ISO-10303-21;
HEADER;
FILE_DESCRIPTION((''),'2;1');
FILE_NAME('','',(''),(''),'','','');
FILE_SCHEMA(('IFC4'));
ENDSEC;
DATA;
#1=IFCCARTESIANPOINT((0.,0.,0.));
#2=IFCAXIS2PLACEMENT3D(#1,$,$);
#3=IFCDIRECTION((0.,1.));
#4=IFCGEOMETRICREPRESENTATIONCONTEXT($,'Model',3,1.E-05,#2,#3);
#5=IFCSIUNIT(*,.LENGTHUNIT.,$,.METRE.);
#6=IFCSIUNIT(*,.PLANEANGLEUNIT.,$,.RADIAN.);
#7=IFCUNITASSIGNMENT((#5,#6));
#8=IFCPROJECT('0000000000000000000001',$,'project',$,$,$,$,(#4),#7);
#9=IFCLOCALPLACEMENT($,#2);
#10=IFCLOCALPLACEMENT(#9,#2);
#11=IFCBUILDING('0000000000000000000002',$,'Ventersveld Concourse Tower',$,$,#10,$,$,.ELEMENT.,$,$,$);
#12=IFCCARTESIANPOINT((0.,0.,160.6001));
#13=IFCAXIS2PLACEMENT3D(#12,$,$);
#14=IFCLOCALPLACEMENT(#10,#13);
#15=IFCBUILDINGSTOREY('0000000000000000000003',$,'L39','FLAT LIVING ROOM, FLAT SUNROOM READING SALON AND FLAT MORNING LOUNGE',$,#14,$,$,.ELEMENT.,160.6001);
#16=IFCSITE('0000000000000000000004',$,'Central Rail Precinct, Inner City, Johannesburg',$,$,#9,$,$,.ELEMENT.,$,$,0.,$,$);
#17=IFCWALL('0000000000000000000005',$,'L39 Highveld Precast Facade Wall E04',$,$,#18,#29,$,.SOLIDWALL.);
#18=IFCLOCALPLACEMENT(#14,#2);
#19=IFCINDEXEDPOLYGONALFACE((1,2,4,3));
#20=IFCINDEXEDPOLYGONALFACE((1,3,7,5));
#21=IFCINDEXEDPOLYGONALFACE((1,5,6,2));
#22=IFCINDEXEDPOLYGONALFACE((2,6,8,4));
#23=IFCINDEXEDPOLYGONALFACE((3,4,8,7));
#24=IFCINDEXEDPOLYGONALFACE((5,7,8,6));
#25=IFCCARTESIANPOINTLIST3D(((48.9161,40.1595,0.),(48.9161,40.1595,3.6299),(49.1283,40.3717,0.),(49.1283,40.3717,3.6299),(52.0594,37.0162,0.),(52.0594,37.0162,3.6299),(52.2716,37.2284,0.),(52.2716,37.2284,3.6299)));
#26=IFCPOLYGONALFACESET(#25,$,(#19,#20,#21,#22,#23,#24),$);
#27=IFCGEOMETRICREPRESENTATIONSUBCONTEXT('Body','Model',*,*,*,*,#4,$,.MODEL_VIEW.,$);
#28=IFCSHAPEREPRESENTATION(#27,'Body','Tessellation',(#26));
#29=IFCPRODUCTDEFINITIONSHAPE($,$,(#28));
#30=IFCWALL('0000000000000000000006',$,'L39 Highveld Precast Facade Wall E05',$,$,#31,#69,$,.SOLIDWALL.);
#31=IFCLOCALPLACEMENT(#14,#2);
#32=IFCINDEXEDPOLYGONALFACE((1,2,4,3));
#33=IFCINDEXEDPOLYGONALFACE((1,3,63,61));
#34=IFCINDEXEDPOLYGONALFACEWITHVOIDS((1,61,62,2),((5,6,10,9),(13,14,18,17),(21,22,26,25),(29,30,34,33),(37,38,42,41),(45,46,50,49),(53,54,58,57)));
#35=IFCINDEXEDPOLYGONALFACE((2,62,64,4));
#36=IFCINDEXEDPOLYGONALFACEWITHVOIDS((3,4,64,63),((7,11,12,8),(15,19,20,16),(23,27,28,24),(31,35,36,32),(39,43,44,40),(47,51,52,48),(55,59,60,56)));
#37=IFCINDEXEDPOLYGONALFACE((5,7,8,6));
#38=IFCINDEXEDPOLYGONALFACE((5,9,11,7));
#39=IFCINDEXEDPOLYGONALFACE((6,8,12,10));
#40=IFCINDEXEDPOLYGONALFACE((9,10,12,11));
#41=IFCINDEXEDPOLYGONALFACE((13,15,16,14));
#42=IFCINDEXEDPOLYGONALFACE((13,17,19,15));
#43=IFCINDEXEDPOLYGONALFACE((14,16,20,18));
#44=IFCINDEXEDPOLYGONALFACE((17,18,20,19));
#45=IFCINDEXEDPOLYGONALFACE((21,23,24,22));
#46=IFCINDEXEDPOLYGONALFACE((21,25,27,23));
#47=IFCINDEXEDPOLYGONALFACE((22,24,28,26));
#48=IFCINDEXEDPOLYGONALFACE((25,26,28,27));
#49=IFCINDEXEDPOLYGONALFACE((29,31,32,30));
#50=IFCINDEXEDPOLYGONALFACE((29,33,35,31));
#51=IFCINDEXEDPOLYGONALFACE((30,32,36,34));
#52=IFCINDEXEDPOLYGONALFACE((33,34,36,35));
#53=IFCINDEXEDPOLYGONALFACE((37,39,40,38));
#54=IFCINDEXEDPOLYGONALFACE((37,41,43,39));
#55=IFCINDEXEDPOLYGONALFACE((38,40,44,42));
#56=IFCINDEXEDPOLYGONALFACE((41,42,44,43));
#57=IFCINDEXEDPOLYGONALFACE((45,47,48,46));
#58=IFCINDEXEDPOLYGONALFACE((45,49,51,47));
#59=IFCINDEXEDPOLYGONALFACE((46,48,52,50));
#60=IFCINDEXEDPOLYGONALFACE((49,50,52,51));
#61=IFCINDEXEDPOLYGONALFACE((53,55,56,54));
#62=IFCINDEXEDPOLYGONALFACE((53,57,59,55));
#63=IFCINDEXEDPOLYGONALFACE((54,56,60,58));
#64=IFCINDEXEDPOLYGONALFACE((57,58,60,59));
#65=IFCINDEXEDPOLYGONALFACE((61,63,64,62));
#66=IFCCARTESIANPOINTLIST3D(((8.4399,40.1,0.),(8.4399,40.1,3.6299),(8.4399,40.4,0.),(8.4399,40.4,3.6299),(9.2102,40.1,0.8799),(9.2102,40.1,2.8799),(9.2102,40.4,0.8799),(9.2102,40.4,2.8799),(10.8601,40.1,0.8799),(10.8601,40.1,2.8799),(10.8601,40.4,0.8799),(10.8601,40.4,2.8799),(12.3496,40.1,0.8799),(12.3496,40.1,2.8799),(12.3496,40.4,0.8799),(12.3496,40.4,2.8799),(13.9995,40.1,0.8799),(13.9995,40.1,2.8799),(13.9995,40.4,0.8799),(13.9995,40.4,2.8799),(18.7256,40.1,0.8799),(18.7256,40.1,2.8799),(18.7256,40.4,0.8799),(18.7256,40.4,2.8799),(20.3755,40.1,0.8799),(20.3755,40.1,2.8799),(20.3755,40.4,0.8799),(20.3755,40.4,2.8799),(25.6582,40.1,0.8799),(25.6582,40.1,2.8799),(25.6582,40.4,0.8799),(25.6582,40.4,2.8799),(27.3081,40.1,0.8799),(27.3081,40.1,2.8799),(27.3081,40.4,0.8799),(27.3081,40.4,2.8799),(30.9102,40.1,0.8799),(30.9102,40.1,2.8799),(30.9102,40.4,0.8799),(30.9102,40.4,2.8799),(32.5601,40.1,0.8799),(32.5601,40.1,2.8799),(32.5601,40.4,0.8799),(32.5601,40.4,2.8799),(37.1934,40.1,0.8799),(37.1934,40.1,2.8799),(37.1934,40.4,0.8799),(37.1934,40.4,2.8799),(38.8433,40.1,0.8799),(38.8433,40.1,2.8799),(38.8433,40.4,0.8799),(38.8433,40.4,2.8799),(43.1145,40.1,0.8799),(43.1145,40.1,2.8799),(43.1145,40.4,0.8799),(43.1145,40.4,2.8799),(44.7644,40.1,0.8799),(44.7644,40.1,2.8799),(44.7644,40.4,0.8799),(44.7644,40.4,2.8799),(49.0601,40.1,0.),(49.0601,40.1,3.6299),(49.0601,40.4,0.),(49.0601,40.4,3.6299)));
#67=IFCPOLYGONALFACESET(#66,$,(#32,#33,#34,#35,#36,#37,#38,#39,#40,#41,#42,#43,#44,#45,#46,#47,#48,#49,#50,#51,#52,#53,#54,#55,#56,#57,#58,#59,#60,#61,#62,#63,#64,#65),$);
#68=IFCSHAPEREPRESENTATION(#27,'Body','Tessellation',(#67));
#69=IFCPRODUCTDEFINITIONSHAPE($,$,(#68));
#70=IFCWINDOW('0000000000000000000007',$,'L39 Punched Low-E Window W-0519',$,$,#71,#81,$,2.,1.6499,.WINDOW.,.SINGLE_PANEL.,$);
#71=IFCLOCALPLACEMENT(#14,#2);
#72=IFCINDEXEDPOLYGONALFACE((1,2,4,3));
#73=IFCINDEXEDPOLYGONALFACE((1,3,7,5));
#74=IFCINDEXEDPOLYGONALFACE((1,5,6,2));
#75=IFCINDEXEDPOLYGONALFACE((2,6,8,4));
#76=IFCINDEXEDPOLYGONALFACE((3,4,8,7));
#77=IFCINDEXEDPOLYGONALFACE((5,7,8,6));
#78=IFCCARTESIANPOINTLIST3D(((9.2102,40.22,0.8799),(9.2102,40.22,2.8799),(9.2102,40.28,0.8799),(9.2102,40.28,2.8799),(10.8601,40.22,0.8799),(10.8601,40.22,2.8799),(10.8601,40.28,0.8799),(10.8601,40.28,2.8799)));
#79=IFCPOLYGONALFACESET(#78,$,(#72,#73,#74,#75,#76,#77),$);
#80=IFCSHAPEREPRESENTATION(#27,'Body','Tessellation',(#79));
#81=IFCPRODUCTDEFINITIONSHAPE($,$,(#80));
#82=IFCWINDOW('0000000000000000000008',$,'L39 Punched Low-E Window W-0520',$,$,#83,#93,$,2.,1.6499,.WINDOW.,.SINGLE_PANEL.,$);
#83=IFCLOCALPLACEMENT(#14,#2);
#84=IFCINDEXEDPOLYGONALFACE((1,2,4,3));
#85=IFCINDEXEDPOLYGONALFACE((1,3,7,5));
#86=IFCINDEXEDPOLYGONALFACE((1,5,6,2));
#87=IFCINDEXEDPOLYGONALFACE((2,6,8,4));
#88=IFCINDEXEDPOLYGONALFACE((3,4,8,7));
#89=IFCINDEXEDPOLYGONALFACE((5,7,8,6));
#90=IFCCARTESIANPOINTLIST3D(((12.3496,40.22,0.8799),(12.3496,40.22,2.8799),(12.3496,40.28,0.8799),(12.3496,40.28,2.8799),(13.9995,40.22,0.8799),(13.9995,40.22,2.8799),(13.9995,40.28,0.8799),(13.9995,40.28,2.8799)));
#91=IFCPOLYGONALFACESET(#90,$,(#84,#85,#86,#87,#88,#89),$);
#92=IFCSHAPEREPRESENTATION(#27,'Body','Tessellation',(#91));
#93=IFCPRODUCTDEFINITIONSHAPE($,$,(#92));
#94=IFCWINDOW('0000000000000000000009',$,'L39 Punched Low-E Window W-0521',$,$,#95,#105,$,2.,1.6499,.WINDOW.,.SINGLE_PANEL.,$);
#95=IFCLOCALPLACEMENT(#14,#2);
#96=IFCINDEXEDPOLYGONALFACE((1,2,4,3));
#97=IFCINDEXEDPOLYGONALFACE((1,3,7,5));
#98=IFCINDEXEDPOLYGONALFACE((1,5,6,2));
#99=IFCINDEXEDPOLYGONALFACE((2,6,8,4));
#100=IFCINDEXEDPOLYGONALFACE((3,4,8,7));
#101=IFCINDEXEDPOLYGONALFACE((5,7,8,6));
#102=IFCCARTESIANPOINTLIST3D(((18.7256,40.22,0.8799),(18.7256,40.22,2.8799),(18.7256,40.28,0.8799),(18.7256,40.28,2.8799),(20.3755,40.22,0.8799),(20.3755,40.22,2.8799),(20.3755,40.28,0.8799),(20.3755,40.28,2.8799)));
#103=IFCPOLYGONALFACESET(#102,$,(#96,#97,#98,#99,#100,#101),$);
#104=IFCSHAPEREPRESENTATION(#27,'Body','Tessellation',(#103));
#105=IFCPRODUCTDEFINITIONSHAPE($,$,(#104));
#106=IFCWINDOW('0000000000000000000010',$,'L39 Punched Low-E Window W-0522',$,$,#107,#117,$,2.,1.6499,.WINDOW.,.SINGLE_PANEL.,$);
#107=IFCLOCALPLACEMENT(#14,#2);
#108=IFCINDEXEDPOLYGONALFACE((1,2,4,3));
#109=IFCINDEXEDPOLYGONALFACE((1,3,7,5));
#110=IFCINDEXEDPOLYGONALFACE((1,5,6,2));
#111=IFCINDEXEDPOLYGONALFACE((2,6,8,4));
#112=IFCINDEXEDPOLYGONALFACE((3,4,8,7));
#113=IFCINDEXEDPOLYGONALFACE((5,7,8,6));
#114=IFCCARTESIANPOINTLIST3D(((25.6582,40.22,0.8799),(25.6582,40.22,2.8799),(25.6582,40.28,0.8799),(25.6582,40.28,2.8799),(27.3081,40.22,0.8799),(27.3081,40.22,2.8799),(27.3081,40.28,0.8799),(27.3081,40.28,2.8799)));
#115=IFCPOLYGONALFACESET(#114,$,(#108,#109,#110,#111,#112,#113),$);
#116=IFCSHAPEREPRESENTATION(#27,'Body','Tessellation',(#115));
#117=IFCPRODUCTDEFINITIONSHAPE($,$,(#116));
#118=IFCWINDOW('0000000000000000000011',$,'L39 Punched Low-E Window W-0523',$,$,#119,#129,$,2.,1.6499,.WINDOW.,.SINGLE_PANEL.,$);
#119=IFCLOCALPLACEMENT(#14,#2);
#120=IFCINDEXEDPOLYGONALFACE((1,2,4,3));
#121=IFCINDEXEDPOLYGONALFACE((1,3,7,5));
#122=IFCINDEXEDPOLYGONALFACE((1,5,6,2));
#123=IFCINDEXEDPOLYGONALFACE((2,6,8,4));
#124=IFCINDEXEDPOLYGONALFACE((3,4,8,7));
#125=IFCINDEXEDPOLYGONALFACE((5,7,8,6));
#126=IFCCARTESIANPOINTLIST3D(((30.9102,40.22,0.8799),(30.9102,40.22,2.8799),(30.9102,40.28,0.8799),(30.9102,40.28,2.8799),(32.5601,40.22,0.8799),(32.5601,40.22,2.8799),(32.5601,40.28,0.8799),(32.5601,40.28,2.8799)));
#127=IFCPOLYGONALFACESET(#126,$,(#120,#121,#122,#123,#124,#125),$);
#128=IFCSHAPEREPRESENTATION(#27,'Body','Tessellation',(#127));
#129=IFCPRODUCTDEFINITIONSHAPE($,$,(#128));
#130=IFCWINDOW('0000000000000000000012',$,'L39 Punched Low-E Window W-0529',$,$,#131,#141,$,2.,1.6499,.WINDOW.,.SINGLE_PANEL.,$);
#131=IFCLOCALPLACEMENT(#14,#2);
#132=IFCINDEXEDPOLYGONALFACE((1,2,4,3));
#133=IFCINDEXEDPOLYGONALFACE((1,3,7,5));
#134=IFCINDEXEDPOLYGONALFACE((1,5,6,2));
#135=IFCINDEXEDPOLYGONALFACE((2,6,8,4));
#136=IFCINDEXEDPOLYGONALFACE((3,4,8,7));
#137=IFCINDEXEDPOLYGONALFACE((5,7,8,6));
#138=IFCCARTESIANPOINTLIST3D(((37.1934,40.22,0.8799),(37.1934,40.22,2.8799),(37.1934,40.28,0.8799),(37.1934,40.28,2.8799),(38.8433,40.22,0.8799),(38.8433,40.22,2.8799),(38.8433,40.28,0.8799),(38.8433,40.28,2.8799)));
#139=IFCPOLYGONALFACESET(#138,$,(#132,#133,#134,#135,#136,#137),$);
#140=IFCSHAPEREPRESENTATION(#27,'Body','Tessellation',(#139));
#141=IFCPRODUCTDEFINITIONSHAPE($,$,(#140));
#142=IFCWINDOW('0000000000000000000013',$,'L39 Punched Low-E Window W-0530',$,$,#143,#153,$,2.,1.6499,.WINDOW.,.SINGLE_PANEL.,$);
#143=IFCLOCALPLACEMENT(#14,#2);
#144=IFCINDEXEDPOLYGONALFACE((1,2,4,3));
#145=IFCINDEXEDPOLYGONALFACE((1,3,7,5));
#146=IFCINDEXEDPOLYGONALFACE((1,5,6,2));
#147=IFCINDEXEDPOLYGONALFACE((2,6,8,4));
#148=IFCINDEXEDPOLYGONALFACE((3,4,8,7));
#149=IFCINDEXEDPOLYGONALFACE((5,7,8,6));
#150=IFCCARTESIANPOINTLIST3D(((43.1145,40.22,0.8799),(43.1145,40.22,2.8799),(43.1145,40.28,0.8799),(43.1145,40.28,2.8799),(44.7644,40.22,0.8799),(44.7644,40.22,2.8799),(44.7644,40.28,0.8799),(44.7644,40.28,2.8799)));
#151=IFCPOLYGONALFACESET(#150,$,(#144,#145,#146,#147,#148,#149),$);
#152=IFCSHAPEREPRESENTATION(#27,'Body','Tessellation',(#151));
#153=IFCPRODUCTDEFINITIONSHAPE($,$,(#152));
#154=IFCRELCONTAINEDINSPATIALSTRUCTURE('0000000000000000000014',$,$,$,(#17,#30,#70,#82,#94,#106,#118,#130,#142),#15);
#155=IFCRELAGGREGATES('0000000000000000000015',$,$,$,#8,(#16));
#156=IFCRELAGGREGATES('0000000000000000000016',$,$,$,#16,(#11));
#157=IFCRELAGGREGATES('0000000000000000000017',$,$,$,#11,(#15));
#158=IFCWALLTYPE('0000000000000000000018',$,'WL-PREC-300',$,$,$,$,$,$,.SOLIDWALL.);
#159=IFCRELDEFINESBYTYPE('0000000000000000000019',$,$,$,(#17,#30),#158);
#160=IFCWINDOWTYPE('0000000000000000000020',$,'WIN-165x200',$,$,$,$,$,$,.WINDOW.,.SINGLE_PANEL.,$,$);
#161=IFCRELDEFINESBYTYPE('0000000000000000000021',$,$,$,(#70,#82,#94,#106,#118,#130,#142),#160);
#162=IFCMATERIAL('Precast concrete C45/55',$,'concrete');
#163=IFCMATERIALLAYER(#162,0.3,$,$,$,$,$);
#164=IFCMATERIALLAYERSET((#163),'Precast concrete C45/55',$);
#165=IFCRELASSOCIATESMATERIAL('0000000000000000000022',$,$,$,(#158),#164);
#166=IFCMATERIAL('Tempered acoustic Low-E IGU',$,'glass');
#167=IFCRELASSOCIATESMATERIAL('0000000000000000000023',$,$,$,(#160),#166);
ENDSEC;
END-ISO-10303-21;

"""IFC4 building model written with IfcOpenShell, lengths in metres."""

from ifc_helpers import new_model, si_unit, direction, frame, frame_2d, origin, place, context, subcontext, project, spatial, rectangle, extrude, material, layer, layer_set, type_object, element, fill, save


model = new_model("IFC4")

# Units and contexts
model_context = context("Model", 3, precision=1e-05, world=origin(), true_north=direction((0.0, 1.0)))
body_context = subcontext(model_context, "Body", "Model", "MODEL_VIEW")
ifc_project = project(units=[si_unit("LENGTHUNIT", "METRE"), si_unit("PLANEANGLEUNIT", "RADIAN")], contexts=[model_context])

# Site, building, storey
site_placement = place(None, origin())
site = spatial("IfcSite", under=ifc_project, at=site_placement, Name="Central Rail Precinct, Inner City, Johannesburg", CompositionType="ELEMENT", RefElevation=0.0)
building_placement = place(site_placement, origin())
building = spatial("IfcBuilding", under=site, at=building_placement, Name="Ventersveld Concourse Tower", CompositionType="ELEMENT")
storey_placement = place(building_placement, frame((0.0, 0.0, 160.6001)))
storey = spatial("IfcBuildingStorey", under=building, at=storey_placement, Name="L39", Description="FLAT LIVING ROOM, FLAT SUNROOM READING SALON AND FLAT MORNING LOUNGE", CompositionType="ELEMENT", Elevation=160.6001)

# Wall
ifc_material_1 = material(Name="Precast concrete C45/55", Category="concrete")
ifc_layer_1 = layer(ifc_material_1, 0.3)
ifc_layer_set_1 = layer_set([ifc_layer_1], Name="Precast concrete C45/55")
wall_type_1 = type_object("IfcWallType", Name="WL-PREC-300", PredefinedType="SOLIDWALL", material=ifc_layer_set_1)
wall_1_placement = place(storey_placement, frame((52.1655, 37.1223, 0.0), z_axis=(0.0, 0.0, 1.0), x_axis=(-0.707107, 0.707107, 0.0)))
element("IfcWall", 1, at=wall_1_placement, inside=storey, type_object=wall_type_1, Name="L39 Highveld Precast Facade Wall E04", PredefinedType="SOLIDWALL", context=body_context, shape_type="SweptSolid", body=[
    extrude(rectangle(XDim=4.4453, YDim=0.3, at=frame_2d((2.2227, 0.0))), origin(), (0.0, 0.0, 1.0), 3.6299),
])

# Wall, openings, windows
wall_2_placement = place(storey_placement, frame((49.0601, 40.25, 0.0), z_axis=(0.0, 0.0, 1.0), x_axis=(-1.0, 0.0, 0.0)))
wall_2 = element("IfcWall", 2, at=wall_2_placement, inside=storey, type_object=wall_type_1, Name="L39 Highveld Precast Facade Wall E05", PredefinedType="SOLIDWALL", context=body_context, shape_type="SweptSolid", body=[
    extrude(rectangle(XDim=40.6201, YDim=0.3, at=frame_2d((20.3101, 0.0))), origin(), (0.0, 0.0, 1.0), 3.6299),
])
opening_1_placement = place(wall_2_placement, frame((38.2, 0.0, 0.8799)))
opening_1 = element("IfcOpeningElement", 3, at=opening_1_placement, cuts=wall_2, PredefinedType="OPENING", context=body_context, shape_type="SweptSolid", body=[
    extrude(rectangle(XDim=1.6499, YDim=2.0, at=frame_2d((0.825, 1.0))), frame((0.0, 0.1602, 0.0), z_axis=(0.0, -1.0, 0.0), x_axis=(1.0, 0.0, 0.0)), (0.0, 0.0, 1.0), 0.3201),
])
opening_2_placement = place(wall_2_placement, frame((35.0605, 0.0, 0.8799)))
opening_2 = element("IfcOpeningElement", 4, at=opening_2_placement, cuts=wall_2, PredefinedType="OPENING", context=body_context, shape_type="SweptSolid", body=[
    extrude(rectangle(XDim=1.6499, YDim=2.0, at=frame_2d((0.825, 1.0))), frame((0.0, 0.1602, 0.0), z_axis=(0.0, -1.0, 0.0), x_axis=(1.0, 0.0, 0.0)), (0.0, 0.0, 1.0), 0.3201),
])
opening_3_placement = place(wall_2_placement, frame((28.6846, 0.0, 0.8799)))
opening_3 = element("IfcOpeningElement", 5, at=opening_3_placement, cuts=wall_2, PredefinedType="OPENING", context=body_context, shape_type="SweptSolid", body=[
    extrude(rectangle(XDim=1.6499, YDim=2.0, at=frame_2d((0.825, 1.0))), frame((0.0, 0.1602, 0.0), z_axis=(0.0, -1.0, 0.0), x_axis=(1.0, 0.0, 0.0)), (0.0, 0.0, 1.0), 0.3201),
])
opening_4_placement = place(wall_2_placement, frame((21.752, 0.0, 0.8799)))
opening_4 = element("IfcOpeningElement", 6, at=opening_4_placement, cuts=wall_2, PredefinedType="OPENING", context=body_context, shape_type="SweptSolid", body=[
    extrude(rectangle(XDim=1.6499, YDim=2.0, at=frame_2d((0.825, 1.0))), frame((0.0, 0.1602, 0.0), z_axis=(0.0, -1.0, 0.0), x_axis=(1.0, 0.0, 0.0)), (0.0, 0.0, 1.0), 0.3201),
])
opening_5_placement = place(wall_2_placement, frame((16.5, 0.0, 0.8799)))
opening_5 = element("IfcOpeningElement", 7, at=opening_5_placement, cuts=wall_2, PredefinedType="OPENING", context=body_context, shape_type="SweptSolid", body=[
    extrude(rectangle(XDim=1.6499, YDim=2.0, at=frame_2d((0.825, 1.0))), frame((0.0, 0.1602, 0.0), z_axis=(0.0, -1.0, 0.0), x_axis=(1.0, 0.0, 0.0)), (0.0, 0.0, 1.0), 0.3201),
])
opening_6_placement = place(wall_2_placement, frame((10.2168, 0.0, 0.8799)))
opening_6 = element("IfcOpeningElement", 8, at=opening_6_placement, cuts=wall_2, PredefinedType="OPENING", context=body_context, shape_type="SweptSolid", body=[
    extrude(rectangle(XDim=1.6499, YDim=2.0, at=frame_2d((0.825, 1.0))), frame((0.0, 0.1602, 0.0), z_axis=(0.0, -1.0, 0.0), x_axis=(1.0, 0.0, 0.0)), (0.0, 0.0, 1.0), 0.3201),
])
opening_7_placement = place(wall_2_placement, frame((4.2957, 0.0, 0.8799)))
opening_7 = element("IfcOpeningElement", 9, at=opening_7_placement, cuts=wall_2, PredefinedType="OPENING", context=body_context, shape_type="SweptSolid", body=[
    extrude(rectangle(XDim=1.6499, YDim=2.0, at=frame_2d((0.825, 1.0))), frame((0.0, 0.1602, 0.0), z_axis=(0.0, -1.0, 0.0), x_axis=(1.0, 0.0, 0.0)), (0.0, 0.0, 1.0), 0.3201),
])
ifc_material_2 = material(Name="Tempered acoustic Low-E IGU", Category="glass")
window_type = type_object("IfcWindowType", Name="WIN-165x200", PartitioningType="SINGLE_PANEL", PredefinedType="WINDOW", material=ifc_material_2)
window_1_placement = place(opening_1_placement, origin())
window_1 = element("IfcWindow", 10, at=window_1_placement, inside=storey, type_object=window_type, Name="L39 Punched Low-E Window W-0519", OverallHeight=2.0, OverallWidth=1.6499, PartitioningType="SINGLE_PANEL", PredefinedType="WINDOW", context=body_context, shape_type="SweptSolid", body=[
    extrude(rectangle(XDim=1.6499, YDim=2.0, at=frame_2d((0.825, 1.0))), frame((0.0, 0.03, 0.0), z_axis=(0.0, -1.0, 0.0), x_axis=(1.0, 0.0, 0.0)), (0.0, 0.0, 1.0), 0.0601),
])
fill(opening_1, window_1)
window_2_placement = place(opening_2_placement, origin())
window_2 = element("IfcWindow", 11, at=window_2_placement, inside=storey, type_object=window_type, Name="L39 Punched Low-E Window W-0520", OverallHeight=2.0, OverallWidth=1.6499, PartitioningType="SINGLE_PANEL", PredefinedType="WINDOW", context=body_context, shape_type="SweptSolid", body=[
    extrude(rectangle(XDim=1.6499, YDim=2.0, at=frame_2d((0.825, 1.0))), frame((0.0, 0.03, 0.0), z_axis=(0.0, -1.0, 0.0), x_axis=(1.0, 0.0, 0.0)), (0.0, 0.0, 1.0), 0.0601),
])
fill(opening_2, window_2)
window_3_placement = place(opening_3_placement, origin())
window_3 = element("IfcWindow", 12, at=window_3_placement, inside=storey, type_object=window_type, Name="L39 Punched Low-E Window W-0521", OverallHeight=2.0, OverallWidth=1.6499, PartitioningType="SINGLE_PANEL", PredefinedType="WINDOW", context=body_context, shape_type="SweptSolid", body=[
    extrude(rectangle(XDim=1.6499, YDim=2.0, at=frame_2d((0.825, 1.0))), frame((0.0, 0.03, 0.0), z_axis=(0.0, -1.0, 0.0), x_axis=(1.0, 0.0, 0.0)), (0.0, 0.0, 1.0), 0.0601),
])
fill(opening_3, window_3)
window_4_placement = place(opening_4_placement, origin())
window_4 = element("IfcWindow", 13, at=window_4_placement, inside=storey, type_object=window_type, Name="L39 Punched Low-E Window W-0522", OverallHeight=2.0, OverallWidth=1.6499, PartitioningType="SINGLE_PANEL", PredefinedType="WINDOW", context=body_context, shape_type="SweptSolid", body=[
    extrude(rectangle(XDim=1.6499, YDim=2.0, at=frame_2d((0.825, 1.0))), frame((0.0, 0.03, 0.0), z_axis=(0.0, -1.0, 0.0), x_axis=(1.0, 0.0, 0.0)), (0.0, 0.0, 1.0), 0.0601),
])
fill(opening_4, window_4)
window_5_placement = place(opening_5_placement, origin())
window_5 = element("IfcWindow", 14, at=window_5_placement, inside=storey, type_object=window_type, Name="L39 Punched Low-E Window W-0523", OverallHeight=2.0, OverallWidth=1.6499, PartitioningType="SINGLE_PANEL", PredefinedType="WINDOW", context=body_context, shape_type="SweptSolid", body=[
    extrude(rectangle(XDim=1.6499, YDim=2.0, at=frame_2d((0.825, 1.0))), frame((0.0, 0.03, 0.0), z_axis=(0.0, -1.0, 0.0), x_axis=(1.0, 0.0, 0.0)), (0.0, 0.0, 1.0), 0.0601),
])
fill(opening_5, window_5)
window_6_placement = place(opening_6_placement, origin())
window_6 = element("IfcWindow", 15, at=window_6_placement, inside=storey, type_object=window_type, Name="L39 Punched Low-E Window W-0529", OverallHeight=2.0, OverallWidth=1.6499, PartitioningType="SINGLE_PANEL", PredefinedType="WINDOW", context=body_context, shape_type="SweptSolid", body=[
    extrude(rectangle(XDim=1.6499, YDim=2.0, at=frame_2d((0.825, 1.0))), frame((0.0, 0.03, 0.0), z_axis=(0.0, -1.0, 0.0), x_axis=(1.0, 0.0, 0.0)), (0.0, 0.0, 1.0), 0.0601),
])
fill(opening_6, window_6)
window_7_placement = place(opening_7_placement, origin())
window_7 = element("IfcWindow", 16, at=window_7_placement, inside=storey, type_object=window_type, Name="L39 Punched Low-E Window W-0530", OverallHeight=2.0, OverallWidth=1.6499, PartitioningType="SINGLE_PANEL", PredefinedType="WINDOW", context=body_context, shape_type="SweptSolid", body=[
    extrude(rectangle(XDim=1.6499, YDim=2.0, at=frame_2d((0.825, 1.0))), frame((0.0, 0.03, 0.0), z_axis=(0.0, -1.0, 0.0), x_axis=(1.0, 0.0, 0.0)), (0.0, 0.0, 1.0), 0.0601),
])
fill(opening_7, window_7)

save(model, "model.ifc")
